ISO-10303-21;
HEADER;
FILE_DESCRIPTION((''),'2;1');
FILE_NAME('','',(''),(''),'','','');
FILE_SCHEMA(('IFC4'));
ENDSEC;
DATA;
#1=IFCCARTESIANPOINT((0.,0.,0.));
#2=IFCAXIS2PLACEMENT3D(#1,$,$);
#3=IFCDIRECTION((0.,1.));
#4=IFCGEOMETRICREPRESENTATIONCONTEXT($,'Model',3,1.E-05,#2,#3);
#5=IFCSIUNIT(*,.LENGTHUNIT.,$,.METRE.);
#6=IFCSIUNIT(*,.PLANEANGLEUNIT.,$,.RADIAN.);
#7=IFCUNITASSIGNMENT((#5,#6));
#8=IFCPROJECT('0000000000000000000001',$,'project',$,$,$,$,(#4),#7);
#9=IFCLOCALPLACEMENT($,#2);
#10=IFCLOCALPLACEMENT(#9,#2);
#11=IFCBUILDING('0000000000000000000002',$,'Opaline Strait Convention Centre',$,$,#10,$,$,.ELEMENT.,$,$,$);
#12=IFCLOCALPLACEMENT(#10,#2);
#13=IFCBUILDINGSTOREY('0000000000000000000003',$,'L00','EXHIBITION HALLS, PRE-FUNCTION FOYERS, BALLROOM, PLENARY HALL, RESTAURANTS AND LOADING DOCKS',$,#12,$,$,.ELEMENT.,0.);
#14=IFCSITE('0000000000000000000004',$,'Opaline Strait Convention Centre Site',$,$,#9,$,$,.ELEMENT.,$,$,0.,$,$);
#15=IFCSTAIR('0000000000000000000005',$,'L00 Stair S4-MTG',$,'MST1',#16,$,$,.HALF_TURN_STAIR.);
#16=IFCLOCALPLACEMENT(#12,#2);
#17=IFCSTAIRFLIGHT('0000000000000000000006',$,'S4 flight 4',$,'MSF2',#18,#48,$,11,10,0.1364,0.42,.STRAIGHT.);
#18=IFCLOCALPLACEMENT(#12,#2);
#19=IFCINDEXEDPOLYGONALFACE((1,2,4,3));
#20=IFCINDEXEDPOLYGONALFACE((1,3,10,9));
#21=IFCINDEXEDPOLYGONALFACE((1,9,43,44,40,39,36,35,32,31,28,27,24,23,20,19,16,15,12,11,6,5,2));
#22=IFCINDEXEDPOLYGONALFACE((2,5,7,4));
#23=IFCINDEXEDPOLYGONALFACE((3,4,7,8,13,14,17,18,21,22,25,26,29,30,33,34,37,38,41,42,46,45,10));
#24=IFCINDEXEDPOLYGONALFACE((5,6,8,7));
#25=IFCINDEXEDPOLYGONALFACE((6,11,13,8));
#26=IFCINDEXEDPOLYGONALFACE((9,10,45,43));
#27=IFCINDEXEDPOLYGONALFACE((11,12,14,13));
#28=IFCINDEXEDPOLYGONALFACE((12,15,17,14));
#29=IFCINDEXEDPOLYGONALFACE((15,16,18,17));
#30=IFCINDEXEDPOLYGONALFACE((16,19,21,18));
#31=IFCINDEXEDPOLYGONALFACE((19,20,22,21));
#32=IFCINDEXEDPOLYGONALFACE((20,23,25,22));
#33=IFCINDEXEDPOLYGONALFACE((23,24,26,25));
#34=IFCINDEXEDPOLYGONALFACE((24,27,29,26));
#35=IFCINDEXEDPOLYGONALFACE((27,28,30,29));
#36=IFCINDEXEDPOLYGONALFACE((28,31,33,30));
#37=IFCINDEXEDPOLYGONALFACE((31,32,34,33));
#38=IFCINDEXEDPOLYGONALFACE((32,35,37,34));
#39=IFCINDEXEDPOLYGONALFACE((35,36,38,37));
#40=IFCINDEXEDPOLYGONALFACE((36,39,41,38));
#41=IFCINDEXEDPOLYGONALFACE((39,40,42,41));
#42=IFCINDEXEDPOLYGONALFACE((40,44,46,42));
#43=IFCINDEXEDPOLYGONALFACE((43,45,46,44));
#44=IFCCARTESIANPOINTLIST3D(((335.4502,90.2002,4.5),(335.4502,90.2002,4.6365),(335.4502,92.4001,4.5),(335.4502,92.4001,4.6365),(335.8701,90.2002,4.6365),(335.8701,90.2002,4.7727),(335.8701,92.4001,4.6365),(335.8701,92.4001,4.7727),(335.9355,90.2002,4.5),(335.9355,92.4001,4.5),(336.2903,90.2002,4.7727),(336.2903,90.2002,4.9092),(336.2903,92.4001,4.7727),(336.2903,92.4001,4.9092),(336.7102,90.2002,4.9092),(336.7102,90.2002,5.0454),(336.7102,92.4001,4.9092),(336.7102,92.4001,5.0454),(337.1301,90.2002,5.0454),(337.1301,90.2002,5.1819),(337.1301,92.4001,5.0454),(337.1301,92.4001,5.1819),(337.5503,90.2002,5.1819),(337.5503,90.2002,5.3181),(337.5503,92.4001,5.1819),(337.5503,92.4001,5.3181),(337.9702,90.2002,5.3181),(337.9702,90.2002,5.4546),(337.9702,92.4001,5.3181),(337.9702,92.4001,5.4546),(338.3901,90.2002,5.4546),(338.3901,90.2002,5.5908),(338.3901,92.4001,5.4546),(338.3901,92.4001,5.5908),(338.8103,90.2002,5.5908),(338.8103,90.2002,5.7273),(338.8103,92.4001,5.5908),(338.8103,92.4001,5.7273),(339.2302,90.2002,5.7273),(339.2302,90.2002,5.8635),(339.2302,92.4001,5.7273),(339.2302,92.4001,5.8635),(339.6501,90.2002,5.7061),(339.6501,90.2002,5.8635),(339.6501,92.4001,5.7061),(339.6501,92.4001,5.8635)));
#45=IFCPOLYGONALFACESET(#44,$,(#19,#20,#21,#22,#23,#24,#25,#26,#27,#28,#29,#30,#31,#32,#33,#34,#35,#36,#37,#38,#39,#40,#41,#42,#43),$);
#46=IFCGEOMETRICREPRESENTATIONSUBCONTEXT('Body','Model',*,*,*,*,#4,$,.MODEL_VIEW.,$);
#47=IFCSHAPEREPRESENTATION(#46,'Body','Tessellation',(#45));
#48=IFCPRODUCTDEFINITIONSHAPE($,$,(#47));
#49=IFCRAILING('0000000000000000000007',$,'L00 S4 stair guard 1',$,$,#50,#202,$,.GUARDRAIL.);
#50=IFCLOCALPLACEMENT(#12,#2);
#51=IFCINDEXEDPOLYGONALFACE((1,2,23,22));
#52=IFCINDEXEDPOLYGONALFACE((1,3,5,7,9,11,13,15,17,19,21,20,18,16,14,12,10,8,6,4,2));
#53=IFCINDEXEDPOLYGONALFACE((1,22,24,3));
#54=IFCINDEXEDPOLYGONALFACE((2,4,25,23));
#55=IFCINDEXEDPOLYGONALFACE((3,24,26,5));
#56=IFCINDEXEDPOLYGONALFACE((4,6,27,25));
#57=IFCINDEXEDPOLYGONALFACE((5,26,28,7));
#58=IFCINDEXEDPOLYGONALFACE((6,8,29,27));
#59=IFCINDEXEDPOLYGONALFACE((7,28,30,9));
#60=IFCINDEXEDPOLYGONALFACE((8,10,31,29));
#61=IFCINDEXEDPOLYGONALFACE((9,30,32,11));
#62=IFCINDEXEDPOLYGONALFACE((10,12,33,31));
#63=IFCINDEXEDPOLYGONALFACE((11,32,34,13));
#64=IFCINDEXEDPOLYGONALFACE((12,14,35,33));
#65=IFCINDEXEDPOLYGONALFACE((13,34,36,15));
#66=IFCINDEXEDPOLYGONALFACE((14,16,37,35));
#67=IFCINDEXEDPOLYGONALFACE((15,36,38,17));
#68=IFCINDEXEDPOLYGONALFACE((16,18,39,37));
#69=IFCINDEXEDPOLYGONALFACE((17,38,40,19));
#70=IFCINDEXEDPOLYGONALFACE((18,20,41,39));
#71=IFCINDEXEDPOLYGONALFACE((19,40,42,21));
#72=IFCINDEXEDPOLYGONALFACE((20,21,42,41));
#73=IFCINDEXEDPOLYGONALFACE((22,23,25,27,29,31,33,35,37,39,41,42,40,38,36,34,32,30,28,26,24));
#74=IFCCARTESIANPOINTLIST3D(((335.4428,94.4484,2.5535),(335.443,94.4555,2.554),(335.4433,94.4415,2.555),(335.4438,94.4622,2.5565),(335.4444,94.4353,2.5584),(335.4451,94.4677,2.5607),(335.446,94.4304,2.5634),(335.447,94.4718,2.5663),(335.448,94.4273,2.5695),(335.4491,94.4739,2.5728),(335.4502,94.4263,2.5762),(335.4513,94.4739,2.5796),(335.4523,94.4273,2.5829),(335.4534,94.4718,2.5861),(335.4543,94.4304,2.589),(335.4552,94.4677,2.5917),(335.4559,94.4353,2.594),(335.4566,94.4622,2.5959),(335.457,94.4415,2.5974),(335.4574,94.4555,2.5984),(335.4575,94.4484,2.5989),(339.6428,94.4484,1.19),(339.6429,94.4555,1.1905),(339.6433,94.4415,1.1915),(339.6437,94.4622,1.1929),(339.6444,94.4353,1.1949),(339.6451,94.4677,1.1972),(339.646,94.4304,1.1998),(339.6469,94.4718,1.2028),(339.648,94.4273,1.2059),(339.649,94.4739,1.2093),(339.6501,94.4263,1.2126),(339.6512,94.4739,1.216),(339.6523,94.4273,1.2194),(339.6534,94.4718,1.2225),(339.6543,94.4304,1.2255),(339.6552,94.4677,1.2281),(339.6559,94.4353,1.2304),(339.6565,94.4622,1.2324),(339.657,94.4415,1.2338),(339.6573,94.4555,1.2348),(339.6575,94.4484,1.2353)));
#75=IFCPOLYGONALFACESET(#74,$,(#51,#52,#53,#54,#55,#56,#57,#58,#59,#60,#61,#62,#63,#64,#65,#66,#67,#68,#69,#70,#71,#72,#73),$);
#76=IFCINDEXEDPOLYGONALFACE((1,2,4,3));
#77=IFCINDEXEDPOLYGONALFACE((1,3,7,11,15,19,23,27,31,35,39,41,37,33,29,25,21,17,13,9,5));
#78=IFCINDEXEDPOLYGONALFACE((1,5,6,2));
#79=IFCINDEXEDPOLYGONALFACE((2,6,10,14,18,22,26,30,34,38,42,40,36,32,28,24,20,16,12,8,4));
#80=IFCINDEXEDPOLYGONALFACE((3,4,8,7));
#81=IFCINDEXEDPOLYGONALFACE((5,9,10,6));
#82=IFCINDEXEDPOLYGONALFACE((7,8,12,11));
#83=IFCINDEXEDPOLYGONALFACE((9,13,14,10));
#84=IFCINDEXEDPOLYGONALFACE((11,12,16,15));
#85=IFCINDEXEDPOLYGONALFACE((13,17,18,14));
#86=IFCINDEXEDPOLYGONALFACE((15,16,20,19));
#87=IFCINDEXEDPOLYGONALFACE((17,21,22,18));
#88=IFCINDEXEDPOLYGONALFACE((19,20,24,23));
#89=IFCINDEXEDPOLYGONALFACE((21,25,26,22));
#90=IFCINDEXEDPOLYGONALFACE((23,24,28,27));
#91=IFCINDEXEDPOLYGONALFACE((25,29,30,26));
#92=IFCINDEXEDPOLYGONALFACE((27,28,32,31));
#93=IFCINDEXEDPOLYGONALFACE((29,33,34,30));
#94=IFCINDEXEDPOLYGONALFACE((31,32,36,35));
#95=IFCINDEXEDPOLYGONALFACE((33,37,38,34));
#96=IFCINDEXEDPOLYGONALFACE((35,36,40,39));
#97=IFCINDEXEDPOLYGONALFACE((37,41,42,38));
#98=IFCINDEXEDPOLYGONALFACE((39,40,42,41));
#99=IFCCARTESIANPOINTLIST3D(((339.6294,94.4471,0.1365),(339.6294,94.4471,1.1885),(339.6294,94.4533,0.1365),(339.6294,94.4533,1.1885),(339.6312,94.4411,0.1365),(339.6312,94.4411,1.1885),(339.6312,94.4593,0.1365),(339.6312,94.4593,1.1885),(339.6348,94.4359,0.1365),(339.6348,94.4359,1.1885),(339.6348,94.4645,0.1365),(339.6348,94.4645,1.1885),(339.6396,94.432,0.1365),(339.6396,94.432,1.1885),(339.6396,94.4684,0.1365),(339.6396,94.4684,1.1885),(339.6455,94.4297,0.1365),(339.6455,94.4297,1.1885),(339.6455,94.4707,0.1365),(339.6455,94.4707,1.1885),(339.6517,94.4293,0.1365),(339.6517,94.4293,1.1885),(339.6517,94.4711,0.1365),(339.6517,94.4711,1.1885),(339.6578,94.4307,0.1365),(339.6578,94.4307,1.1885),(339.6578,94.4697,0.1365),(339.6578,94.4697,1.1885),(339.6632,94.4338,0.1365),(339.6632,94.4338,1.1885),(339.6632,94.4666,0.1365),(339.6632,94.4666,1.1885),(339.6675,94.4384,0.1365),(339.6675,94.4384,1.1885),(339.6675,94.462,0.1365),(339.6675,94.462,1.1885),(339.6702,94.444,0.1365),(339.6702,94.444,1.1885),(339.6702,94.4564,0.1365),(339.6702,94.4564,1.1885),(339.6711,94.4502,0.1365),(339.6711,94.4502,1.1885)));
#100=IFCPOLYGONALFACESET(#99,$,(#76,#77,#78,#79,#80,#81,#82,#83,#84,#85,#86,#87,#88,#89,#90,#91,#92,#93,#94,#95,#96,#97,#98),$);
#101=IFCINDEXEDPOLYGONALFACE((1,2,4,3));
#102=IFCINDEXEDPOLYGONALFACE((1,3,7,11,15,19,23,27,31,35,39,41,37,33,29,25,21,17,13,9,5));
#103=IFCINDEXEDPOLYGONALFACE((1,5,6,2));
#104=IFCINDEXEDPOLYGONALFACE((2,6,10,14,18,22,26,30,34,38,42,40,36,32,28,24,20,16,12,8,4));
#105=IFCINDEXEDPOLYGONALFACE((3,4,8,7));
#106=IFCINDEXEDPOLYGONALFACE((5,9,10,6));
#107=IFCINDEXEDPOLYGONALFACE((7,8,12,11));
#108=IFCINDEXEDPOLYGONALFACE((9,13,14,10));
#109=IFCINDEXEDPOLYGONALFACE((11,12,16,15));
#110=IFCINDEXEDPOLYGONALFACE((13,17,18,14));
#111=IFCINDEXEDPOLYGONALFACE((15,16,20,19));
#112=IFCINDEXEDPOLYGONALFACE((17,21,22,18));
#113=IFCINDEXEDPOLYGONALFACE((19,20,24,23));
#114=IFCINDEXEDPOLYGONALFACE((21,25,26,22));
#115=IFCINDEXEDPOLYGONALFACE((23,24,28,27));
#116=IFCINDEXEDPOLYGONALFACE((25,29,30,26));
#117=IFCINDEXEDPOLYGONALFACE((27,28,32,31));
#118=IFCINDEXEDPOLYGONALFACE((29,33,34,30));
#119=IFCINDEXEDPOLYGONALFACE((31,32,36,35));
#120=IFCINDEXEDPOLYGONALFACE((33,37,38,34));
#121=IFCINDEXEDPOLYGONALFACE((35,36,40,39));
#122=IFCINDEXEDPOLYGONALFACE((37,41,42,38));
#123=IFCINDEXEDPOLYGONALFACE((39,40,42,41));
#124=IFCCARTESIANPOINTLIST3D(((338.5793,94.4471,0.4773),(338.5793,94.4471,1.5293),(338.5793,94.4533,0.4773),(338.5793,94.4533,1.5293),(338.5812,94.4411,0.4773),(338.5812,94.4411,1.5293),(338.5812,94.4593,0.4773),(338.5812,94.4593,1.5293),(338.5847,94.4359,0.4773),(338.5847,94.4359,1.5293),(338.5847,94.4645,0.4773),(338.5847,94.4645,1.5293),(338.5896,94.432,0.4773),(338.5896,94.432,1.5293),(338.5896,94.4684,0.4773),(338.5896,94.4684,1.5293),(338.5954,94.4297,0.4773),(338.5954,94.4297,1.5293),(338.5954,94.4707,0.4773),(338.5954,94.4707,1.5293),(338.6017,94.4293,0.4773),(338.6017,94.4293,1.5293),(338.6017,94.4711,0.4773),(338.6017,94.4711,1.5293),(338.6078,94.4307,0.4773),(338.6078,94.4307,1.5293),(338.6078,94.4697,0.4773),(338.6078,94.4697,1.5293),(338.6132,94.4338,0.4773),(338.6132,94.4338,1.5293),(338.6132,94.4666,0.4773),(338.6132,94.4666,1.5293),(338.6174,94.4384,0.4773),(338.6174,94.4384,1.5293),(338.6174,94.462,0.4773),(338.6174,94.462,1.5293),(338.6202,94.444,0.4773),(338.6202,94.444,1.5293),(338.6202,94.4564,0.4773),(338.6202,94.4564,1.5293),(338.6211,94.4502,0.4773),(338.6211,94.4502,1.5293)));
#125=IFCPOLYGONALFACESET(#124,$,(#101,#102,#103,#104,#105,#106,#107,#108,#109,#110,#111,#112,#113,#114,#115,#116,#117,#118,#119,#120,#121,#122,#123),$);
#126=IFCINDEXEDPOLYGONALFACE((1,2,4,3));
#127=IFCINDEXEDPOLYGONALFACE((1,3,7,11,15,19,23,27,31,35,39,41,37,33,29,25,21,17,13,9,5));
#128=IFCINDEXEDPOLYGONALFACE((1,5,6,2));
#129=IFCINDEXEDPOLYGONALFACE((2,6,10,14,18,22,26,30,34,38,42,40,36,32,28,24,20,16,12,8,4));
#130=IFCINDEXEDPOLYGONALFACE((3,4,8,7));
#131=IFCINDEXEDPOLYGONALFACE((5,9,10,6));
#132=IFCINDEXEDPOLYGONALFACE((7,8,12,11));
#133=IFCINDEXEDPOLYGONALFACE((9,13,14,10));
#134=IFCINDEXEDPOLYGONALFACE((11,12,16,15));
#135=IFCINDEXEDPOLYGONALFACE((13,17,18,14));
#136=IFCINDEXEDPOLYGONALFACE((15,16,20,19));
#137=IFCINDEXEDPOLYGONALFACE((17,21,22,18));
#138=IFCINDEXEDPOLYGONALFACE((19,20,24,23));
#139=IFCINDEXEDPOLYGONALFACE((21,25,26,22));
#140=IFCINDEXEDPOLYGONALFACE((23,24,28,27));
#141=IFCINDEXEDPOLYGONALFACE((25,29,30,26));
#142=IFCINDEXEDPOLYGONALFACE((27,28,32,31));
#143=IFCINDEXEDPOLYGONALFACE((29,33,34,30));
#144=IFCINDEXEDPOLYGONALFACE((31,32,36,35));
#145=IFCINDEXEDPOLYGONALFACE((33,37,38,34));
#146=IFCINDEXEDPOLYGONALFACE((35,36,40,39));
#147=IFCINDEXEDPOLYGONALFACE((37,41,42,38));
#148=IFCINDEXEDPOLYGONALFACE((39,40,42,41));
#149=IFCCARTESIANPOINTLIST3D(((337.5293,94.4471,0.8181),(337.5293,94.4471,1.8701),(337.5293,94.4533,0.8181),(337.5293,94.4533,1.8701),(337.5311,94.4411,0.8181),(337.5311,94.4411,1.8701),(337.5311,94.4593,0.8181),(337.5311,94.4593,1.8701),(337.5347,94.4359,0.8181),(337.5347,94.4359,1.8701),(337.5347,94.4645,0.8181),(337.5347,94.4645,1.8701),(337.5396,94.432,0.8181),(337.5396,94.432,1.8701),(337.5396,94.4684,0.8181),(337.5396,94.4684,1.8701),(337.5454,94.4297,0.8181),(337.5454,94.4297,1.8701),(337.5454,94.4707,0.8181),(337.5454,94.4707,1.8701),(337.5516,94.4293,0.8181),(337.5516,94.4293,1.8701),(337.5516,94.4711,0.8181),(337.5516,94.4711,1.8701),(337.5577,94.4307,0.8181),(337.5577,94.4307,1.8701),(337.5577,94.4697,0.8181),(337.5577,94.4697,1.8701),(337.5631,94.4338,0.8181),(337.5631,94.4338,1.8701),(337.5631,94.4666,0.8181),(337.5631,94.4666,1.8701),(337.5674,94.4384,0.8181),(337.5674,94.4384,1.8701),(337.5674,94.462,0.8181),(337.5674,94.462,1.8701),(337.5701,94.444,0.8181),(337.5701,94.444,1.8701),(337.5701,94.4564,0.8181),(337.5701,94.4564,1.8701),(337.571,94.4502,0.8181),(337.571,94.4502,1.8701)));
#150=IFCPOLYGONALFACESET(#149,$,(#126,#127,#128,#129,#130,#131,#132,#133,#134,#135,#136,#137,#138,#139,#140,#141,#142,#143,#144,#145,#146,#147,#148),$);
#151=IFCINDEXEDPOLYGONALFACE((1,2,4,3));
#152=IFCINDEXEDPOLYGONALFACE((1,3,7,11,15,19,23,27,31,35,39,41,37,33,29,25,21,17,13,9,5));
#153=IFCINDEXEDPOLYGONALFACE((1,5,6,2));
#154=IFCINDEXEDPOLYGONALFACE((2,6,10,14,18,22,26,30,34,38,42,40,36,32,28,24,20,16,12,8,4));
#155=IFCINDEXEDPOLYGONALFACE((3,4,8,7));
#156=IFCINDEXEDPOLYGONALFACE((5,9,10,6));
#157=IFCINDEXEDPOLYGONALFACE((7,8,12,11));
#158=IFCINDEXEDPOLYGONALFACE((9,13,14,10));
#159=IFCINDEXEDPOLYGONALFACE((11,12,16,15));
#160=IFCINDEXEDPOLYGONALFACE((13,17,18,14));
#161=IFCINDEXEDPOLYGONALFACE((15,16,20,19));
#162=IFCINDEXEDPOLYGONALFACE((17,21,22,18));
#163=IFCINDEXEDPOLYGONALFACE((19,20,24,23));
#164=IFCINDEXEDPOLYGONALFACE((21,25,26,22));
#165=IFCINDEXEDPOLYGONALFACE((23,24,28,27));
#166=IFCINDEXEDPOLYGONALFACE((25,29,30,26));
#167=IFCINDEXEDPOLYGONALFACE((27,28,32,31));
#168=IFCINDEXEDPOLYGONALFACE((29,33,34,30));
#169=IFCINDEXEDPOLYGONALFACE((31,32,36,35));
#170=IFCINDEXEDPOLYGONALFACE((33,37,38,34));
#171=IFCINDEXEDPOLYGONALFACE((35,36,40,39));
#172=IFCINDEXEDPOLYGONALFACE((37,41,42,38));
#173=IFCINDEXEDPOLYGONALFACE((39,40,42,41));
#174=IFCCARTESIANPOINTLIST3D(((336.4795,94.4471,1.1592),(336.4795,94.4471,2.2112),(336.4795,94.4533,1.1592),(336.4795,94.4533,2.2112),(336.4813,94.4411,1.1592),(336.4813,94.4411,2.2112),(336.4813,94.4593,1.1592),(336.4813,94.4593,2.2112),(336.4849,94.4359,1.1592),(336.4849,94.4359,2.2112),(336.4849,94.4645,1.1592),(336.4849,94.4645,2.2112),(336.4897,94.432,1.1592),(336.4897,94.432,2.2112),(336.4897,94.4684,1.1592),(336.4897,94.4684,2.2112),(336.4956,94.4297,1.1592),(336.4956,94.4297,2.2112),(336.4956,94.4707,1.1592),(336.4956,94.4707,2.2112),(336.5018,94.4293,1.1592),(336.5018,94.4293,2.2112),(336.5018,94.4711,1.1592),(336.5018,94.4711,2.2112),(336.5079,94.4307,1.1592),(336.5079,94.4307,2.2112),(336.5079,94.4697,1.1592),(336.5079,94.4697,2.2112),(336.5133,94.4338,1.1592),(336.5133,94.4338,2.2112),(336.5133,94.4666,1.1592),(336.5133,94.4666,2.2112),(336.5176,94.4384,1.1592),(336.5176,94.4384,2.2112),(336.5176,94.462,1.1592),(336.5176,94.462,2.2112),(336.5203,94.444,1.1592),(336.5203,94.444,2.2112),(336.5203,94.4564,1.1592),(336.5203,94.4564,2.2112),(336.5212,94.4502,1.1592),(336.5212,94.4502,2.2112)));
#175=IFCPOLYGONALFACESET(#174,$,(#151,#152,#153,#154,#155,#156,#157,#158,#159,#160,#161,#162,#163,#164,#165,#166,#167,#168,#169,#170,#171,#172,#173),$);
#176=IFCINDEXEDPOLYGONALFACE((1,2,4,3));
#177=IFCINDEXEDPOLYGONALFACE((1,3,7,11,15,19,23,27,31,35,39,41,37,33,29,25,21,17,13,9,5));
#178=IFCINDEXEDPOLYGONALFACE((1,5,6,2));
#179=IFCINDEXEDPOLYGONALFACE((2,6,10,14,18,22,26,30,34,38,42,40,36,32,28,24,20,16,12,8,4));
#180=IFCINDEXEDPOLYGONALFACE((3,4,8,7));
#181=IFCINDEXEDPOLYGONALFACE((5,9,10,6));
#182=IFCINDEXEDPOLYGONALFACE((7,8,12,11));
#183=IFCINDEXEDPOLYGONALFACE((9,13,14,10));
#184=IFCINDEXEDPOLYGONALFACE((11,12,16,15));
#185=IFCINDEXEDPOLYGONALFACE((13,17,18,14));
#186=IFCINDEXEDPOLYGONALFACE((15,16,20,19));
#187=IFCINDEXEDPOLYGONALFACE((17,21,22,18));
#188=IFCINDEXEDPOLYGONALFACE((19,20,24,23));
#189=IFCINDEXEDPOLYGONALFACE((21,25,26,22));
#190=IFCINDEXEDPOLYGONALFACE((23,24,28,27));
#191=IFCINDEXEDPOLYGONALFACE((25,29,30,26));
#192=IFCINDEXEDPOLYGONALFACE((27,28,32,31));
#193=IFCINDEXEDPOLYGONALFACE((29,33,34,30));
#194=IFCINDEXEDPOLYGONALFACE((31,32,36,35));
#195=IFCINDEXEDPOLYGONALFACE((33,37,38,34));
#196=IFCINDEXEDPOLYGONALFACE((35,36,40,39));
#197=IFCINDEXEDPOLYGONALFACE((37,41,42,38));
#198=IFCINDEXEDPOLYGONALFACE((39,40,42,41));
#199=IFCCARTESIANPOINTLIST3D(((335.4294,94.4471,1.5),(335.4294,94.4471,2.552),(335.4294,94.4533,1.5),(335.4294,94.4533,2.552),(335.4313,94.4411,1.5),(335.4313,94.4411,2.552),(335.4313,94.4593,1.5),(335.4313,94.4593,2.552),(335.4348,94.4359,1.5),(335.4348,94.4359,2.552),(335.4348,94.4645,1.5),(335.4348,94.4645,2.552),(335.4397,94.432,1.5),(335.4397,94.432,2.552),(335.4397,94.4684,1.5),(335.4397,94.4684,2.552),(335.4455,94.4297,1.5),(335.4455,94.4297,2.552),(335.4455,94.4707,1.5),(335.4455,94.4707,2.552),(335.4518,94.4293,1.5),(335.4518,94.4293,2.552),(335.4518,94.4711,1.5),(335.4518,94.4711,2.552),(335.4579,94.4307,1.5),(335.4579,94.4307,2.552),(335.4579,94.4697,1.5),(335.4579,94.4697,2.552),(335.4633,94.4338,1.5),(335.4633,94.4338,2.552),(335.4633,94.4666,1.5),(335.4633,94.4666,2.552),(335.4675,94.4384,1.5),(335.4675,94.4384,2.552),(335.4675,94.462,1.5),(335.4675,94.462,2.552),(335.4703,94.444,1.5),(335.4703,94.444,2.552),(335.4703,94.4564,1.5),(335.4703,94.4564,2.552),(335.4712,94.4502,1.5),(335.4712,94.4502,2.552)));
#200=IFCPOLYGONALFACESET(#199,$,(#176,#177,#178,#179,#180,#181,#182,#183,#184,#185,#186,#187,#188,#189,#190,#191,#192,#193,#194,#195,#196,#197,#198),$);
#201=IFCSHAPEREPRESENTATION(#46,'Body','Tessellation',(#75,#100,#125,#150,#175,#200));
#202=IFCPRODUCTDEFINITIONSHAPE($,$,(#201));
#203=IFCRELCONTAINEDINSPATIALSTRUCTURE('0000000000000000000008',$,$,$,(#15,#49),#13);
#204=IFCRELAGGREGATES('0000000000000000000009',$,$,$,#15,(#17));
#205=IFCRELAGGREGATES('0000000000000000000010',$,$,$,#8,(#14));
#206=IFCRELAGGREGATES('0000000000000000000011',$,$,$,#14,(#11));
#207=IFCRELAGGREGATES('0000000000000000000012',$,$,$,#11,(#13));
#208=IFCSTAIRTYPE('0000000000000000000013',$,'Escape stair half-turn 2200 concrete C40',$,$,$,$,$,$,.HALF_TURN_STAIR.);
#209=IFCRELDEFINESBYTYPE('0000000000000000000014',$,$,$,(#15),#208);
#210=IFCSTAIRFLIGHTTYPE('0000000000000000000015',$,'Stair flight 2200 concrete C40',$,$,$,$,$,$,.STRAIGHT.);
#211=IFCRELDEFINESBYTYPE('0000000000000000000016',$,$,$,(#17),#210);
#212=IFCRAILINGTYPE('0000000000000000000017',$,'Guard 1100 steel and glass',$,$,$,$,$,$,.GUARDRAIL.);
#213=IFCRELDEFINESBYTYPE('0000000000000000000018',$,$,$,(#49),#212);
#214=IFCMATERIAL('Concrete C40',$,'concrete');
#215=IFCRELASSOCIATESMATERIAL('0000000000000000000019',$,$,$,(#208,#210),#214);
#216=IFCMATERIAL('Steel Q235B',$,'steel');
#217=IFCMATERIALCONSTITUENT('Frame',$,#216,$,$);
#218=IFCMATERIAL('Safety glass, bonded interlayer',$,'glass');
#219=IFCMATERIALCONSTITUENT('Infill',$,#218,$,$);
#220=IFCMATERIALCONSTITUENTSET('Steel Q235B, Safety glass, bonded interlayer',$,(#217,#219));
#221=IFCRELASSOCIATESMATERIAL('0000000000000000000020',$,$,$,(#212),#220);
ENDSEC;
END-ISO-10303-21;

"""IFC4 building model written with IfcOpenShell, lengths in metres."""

from ifc_helpers import new_model, si_unit, direction, frame, origin, origin_2d, place, context, subcontext, project, spatial, polyline, circle, outline, extrude, material, constituent, constituent_set, type_object, element, aggregate, save


model = new_model("IFC4")

# Units and contexts
model_context = context("Model", 3, precision=1e-05, world=origin(), true_north=direction((0.0, 1.0)))
body_context = subcontext(model_context, "Body", "Model", "MODEL_VIEW")
ifc_project = project(units=[si_unit("LENGTHUNIT", "METRE"), si_unit("PLANEANGLEUNIT", "RADIAN")], contexts=[model_context])

# Site, building, storey
site_placement = place(None, origin())
site = spatial("IfcSite", under=ifc_project, at=site_placement, Name="Opaline Strait Convention Centre Site", CompositionType="ELEMENT", RefElevation=0.0)
building_placement = place(site_placement, origin())
building = spatial("IfcBuilding", under=site, at=building_placement, Name="Opaline Strait Convention Centre", CompositionType="ELEMENT")
storey_placement = place(building_placement, origin())
storey = spatial("IfcBuildingStorey", under=building, at=storey_placement, Name="L00", Description="EXHIBITION HALLS, PRE-FUNCTION FOYERS, BALLROOM, PLENARY HALL, RESTAURANTS AND LOADING DOCKS", CompositionType="ELEMENT", Elevation=0.0)

# Shared definitions
ifc_material_1 = material(Name="Concrete C40", Category="concrete")

# Stair, stair flight
stair_type = type_object("IfcStairType", Name="Escape stair half-turn 2200 concrete C40", PredefinedType="HALF_TURN_STAIR", material=ifc_material_1)
stair_placement = place(storey_placement, origin())
stair = element("IfcStair", 1, at=stair_placement, inside=storey, type_object=stair_type, Name="L00 Stair S4-MTG", ObjectType="MST1", PredefinedType="HALF_TURN_STAIR")
stair_flight_type = type_object("IfcStairFlightType", Name="Stair flight 2200 concrete C40", PredefinedType="STRAIGHT", material=ifc_material_1)
stair_flight_1_placement = place(storey_placement, frame((335.4502, 91.3, 4.5), z_axis=(0.0, 0.0, 1.0), x_axis=(1.0, 0.0, 0.0)))
stair_flight_1 = element("IfcStairFlight", 2, at=stair_flight_1_placement, type_object=stair_flight_type, Name="S4 flight 4", ObjectType="MSF2", NumberOfRisers=11, NumberOfTreads=10, PredefinedType="STRAIGHT", RiserHeight=0.1364, TreadLength=0.42, context=body_context, shape_type="SweptSolid", body=[
    extrude(outline(polyline([(0.0, 0.0), (0.0, 0.1365), (0.4199, 0.1365), (0.4199, 0.2727), (0.8401, 0.2727), (0.8401, 0.4092), (1.26, 0.4092), (1.26, 0.5454), (1.6799, 0.5454), (1.6799, 0.6819), (2.1001, 0.6819), (2.1001, 0.8181), (2.52, 0.8181), (2.52, 0.9546), (2.9399, 0.9546), (2.9399, 1.0908), (3.3601, 1.0908), (3.3601, 1.2273), (3.78, 1.2273), (3.78, 1.3635), (4.2, 1.3635), (4.2, 1.5), (4.2, 1.2061), (0.4854, 0.0), (0.0, 0.0)])), frame((0.0, 1.1001, 0.0), z_axis=(0.0, -1.0, 0.0), x_axis=(1.0, 0.0, 0.0)), (0.0, 0.0, 1.0), 2.2),
])
aggregate(stair, [stair_flight_1])

# Railing
ifc_material_2 = material(Name="Steel Q235B", Category="steel")
ifc_constituent_1 = constituent(ifc_material_2, Name="Frame")
ifc_material_3 = material(Name="Safety glass, bonded interlayer", Category="glass")
ifc_constituent_2 = constituent(ifc_material_3, Name="Infill")
ifc_constituent_set = constituent_set(constituents=[ifc_constituent_1, ifc_constituent_2], Name="Steel Q235B, Safety glass, bonded interlayer")
railing_type_1 = type_object("IfcRailingType", Name="Guard 1100 steel and glass", PredefinedType="GUARDRAIL", material=ifc_constituent_set)
railing_1_placement = place(storey_placement, frame((339.6501, 94.4502, 0.1365)))
element("IfcRailing", 3, at=railing_1_placement, inside=storey, type_object=railing_type_1, Name="L00 S4 stair guard 1", PredefinedType="GUARDRAIL", context=body_context, shape_type="SweptSolid", body=[
    extrude(circle(Radius=0.0239, at=origin_2d()), frame((0.0, 0.0, 1.0762), z_axis=(-0.951131, 0.0, 0.308787), x_axis=(0.0, -1.0, 0.0)), (0.0, 0.0, 1.0), 4.4158),
    extrude(circle(Radius=0.021, at=origin_2d()), origin(), (0.0, 0.0, 1.0), 1.052),
    extrude(circle(Radius=0.021, at=origin_2d()), frame((-1.05, 0.0, 0.3408)), (0.0, 0.0, 1.0), 1.052),
    extrude(circle(Radius=0.021, at=origin_2d()), frame((-2.1001, 0.0, 0.6816)), (0.0, 0.0, 1.0), 1.052),
    extrude(circle(Radius=0.021, at=origin_2d()), frame((-3.1499, 0.0, 1.0227)), (0.0, 0.0, 1.0), 1.052),
    extrude(circle(Radius=0.021, at=origin_2d()), frame((-4.2, 0.0, 1.3635)), (0.0, 0.0, 1.0), 1.052),
])

save(model, "model.ifc")
